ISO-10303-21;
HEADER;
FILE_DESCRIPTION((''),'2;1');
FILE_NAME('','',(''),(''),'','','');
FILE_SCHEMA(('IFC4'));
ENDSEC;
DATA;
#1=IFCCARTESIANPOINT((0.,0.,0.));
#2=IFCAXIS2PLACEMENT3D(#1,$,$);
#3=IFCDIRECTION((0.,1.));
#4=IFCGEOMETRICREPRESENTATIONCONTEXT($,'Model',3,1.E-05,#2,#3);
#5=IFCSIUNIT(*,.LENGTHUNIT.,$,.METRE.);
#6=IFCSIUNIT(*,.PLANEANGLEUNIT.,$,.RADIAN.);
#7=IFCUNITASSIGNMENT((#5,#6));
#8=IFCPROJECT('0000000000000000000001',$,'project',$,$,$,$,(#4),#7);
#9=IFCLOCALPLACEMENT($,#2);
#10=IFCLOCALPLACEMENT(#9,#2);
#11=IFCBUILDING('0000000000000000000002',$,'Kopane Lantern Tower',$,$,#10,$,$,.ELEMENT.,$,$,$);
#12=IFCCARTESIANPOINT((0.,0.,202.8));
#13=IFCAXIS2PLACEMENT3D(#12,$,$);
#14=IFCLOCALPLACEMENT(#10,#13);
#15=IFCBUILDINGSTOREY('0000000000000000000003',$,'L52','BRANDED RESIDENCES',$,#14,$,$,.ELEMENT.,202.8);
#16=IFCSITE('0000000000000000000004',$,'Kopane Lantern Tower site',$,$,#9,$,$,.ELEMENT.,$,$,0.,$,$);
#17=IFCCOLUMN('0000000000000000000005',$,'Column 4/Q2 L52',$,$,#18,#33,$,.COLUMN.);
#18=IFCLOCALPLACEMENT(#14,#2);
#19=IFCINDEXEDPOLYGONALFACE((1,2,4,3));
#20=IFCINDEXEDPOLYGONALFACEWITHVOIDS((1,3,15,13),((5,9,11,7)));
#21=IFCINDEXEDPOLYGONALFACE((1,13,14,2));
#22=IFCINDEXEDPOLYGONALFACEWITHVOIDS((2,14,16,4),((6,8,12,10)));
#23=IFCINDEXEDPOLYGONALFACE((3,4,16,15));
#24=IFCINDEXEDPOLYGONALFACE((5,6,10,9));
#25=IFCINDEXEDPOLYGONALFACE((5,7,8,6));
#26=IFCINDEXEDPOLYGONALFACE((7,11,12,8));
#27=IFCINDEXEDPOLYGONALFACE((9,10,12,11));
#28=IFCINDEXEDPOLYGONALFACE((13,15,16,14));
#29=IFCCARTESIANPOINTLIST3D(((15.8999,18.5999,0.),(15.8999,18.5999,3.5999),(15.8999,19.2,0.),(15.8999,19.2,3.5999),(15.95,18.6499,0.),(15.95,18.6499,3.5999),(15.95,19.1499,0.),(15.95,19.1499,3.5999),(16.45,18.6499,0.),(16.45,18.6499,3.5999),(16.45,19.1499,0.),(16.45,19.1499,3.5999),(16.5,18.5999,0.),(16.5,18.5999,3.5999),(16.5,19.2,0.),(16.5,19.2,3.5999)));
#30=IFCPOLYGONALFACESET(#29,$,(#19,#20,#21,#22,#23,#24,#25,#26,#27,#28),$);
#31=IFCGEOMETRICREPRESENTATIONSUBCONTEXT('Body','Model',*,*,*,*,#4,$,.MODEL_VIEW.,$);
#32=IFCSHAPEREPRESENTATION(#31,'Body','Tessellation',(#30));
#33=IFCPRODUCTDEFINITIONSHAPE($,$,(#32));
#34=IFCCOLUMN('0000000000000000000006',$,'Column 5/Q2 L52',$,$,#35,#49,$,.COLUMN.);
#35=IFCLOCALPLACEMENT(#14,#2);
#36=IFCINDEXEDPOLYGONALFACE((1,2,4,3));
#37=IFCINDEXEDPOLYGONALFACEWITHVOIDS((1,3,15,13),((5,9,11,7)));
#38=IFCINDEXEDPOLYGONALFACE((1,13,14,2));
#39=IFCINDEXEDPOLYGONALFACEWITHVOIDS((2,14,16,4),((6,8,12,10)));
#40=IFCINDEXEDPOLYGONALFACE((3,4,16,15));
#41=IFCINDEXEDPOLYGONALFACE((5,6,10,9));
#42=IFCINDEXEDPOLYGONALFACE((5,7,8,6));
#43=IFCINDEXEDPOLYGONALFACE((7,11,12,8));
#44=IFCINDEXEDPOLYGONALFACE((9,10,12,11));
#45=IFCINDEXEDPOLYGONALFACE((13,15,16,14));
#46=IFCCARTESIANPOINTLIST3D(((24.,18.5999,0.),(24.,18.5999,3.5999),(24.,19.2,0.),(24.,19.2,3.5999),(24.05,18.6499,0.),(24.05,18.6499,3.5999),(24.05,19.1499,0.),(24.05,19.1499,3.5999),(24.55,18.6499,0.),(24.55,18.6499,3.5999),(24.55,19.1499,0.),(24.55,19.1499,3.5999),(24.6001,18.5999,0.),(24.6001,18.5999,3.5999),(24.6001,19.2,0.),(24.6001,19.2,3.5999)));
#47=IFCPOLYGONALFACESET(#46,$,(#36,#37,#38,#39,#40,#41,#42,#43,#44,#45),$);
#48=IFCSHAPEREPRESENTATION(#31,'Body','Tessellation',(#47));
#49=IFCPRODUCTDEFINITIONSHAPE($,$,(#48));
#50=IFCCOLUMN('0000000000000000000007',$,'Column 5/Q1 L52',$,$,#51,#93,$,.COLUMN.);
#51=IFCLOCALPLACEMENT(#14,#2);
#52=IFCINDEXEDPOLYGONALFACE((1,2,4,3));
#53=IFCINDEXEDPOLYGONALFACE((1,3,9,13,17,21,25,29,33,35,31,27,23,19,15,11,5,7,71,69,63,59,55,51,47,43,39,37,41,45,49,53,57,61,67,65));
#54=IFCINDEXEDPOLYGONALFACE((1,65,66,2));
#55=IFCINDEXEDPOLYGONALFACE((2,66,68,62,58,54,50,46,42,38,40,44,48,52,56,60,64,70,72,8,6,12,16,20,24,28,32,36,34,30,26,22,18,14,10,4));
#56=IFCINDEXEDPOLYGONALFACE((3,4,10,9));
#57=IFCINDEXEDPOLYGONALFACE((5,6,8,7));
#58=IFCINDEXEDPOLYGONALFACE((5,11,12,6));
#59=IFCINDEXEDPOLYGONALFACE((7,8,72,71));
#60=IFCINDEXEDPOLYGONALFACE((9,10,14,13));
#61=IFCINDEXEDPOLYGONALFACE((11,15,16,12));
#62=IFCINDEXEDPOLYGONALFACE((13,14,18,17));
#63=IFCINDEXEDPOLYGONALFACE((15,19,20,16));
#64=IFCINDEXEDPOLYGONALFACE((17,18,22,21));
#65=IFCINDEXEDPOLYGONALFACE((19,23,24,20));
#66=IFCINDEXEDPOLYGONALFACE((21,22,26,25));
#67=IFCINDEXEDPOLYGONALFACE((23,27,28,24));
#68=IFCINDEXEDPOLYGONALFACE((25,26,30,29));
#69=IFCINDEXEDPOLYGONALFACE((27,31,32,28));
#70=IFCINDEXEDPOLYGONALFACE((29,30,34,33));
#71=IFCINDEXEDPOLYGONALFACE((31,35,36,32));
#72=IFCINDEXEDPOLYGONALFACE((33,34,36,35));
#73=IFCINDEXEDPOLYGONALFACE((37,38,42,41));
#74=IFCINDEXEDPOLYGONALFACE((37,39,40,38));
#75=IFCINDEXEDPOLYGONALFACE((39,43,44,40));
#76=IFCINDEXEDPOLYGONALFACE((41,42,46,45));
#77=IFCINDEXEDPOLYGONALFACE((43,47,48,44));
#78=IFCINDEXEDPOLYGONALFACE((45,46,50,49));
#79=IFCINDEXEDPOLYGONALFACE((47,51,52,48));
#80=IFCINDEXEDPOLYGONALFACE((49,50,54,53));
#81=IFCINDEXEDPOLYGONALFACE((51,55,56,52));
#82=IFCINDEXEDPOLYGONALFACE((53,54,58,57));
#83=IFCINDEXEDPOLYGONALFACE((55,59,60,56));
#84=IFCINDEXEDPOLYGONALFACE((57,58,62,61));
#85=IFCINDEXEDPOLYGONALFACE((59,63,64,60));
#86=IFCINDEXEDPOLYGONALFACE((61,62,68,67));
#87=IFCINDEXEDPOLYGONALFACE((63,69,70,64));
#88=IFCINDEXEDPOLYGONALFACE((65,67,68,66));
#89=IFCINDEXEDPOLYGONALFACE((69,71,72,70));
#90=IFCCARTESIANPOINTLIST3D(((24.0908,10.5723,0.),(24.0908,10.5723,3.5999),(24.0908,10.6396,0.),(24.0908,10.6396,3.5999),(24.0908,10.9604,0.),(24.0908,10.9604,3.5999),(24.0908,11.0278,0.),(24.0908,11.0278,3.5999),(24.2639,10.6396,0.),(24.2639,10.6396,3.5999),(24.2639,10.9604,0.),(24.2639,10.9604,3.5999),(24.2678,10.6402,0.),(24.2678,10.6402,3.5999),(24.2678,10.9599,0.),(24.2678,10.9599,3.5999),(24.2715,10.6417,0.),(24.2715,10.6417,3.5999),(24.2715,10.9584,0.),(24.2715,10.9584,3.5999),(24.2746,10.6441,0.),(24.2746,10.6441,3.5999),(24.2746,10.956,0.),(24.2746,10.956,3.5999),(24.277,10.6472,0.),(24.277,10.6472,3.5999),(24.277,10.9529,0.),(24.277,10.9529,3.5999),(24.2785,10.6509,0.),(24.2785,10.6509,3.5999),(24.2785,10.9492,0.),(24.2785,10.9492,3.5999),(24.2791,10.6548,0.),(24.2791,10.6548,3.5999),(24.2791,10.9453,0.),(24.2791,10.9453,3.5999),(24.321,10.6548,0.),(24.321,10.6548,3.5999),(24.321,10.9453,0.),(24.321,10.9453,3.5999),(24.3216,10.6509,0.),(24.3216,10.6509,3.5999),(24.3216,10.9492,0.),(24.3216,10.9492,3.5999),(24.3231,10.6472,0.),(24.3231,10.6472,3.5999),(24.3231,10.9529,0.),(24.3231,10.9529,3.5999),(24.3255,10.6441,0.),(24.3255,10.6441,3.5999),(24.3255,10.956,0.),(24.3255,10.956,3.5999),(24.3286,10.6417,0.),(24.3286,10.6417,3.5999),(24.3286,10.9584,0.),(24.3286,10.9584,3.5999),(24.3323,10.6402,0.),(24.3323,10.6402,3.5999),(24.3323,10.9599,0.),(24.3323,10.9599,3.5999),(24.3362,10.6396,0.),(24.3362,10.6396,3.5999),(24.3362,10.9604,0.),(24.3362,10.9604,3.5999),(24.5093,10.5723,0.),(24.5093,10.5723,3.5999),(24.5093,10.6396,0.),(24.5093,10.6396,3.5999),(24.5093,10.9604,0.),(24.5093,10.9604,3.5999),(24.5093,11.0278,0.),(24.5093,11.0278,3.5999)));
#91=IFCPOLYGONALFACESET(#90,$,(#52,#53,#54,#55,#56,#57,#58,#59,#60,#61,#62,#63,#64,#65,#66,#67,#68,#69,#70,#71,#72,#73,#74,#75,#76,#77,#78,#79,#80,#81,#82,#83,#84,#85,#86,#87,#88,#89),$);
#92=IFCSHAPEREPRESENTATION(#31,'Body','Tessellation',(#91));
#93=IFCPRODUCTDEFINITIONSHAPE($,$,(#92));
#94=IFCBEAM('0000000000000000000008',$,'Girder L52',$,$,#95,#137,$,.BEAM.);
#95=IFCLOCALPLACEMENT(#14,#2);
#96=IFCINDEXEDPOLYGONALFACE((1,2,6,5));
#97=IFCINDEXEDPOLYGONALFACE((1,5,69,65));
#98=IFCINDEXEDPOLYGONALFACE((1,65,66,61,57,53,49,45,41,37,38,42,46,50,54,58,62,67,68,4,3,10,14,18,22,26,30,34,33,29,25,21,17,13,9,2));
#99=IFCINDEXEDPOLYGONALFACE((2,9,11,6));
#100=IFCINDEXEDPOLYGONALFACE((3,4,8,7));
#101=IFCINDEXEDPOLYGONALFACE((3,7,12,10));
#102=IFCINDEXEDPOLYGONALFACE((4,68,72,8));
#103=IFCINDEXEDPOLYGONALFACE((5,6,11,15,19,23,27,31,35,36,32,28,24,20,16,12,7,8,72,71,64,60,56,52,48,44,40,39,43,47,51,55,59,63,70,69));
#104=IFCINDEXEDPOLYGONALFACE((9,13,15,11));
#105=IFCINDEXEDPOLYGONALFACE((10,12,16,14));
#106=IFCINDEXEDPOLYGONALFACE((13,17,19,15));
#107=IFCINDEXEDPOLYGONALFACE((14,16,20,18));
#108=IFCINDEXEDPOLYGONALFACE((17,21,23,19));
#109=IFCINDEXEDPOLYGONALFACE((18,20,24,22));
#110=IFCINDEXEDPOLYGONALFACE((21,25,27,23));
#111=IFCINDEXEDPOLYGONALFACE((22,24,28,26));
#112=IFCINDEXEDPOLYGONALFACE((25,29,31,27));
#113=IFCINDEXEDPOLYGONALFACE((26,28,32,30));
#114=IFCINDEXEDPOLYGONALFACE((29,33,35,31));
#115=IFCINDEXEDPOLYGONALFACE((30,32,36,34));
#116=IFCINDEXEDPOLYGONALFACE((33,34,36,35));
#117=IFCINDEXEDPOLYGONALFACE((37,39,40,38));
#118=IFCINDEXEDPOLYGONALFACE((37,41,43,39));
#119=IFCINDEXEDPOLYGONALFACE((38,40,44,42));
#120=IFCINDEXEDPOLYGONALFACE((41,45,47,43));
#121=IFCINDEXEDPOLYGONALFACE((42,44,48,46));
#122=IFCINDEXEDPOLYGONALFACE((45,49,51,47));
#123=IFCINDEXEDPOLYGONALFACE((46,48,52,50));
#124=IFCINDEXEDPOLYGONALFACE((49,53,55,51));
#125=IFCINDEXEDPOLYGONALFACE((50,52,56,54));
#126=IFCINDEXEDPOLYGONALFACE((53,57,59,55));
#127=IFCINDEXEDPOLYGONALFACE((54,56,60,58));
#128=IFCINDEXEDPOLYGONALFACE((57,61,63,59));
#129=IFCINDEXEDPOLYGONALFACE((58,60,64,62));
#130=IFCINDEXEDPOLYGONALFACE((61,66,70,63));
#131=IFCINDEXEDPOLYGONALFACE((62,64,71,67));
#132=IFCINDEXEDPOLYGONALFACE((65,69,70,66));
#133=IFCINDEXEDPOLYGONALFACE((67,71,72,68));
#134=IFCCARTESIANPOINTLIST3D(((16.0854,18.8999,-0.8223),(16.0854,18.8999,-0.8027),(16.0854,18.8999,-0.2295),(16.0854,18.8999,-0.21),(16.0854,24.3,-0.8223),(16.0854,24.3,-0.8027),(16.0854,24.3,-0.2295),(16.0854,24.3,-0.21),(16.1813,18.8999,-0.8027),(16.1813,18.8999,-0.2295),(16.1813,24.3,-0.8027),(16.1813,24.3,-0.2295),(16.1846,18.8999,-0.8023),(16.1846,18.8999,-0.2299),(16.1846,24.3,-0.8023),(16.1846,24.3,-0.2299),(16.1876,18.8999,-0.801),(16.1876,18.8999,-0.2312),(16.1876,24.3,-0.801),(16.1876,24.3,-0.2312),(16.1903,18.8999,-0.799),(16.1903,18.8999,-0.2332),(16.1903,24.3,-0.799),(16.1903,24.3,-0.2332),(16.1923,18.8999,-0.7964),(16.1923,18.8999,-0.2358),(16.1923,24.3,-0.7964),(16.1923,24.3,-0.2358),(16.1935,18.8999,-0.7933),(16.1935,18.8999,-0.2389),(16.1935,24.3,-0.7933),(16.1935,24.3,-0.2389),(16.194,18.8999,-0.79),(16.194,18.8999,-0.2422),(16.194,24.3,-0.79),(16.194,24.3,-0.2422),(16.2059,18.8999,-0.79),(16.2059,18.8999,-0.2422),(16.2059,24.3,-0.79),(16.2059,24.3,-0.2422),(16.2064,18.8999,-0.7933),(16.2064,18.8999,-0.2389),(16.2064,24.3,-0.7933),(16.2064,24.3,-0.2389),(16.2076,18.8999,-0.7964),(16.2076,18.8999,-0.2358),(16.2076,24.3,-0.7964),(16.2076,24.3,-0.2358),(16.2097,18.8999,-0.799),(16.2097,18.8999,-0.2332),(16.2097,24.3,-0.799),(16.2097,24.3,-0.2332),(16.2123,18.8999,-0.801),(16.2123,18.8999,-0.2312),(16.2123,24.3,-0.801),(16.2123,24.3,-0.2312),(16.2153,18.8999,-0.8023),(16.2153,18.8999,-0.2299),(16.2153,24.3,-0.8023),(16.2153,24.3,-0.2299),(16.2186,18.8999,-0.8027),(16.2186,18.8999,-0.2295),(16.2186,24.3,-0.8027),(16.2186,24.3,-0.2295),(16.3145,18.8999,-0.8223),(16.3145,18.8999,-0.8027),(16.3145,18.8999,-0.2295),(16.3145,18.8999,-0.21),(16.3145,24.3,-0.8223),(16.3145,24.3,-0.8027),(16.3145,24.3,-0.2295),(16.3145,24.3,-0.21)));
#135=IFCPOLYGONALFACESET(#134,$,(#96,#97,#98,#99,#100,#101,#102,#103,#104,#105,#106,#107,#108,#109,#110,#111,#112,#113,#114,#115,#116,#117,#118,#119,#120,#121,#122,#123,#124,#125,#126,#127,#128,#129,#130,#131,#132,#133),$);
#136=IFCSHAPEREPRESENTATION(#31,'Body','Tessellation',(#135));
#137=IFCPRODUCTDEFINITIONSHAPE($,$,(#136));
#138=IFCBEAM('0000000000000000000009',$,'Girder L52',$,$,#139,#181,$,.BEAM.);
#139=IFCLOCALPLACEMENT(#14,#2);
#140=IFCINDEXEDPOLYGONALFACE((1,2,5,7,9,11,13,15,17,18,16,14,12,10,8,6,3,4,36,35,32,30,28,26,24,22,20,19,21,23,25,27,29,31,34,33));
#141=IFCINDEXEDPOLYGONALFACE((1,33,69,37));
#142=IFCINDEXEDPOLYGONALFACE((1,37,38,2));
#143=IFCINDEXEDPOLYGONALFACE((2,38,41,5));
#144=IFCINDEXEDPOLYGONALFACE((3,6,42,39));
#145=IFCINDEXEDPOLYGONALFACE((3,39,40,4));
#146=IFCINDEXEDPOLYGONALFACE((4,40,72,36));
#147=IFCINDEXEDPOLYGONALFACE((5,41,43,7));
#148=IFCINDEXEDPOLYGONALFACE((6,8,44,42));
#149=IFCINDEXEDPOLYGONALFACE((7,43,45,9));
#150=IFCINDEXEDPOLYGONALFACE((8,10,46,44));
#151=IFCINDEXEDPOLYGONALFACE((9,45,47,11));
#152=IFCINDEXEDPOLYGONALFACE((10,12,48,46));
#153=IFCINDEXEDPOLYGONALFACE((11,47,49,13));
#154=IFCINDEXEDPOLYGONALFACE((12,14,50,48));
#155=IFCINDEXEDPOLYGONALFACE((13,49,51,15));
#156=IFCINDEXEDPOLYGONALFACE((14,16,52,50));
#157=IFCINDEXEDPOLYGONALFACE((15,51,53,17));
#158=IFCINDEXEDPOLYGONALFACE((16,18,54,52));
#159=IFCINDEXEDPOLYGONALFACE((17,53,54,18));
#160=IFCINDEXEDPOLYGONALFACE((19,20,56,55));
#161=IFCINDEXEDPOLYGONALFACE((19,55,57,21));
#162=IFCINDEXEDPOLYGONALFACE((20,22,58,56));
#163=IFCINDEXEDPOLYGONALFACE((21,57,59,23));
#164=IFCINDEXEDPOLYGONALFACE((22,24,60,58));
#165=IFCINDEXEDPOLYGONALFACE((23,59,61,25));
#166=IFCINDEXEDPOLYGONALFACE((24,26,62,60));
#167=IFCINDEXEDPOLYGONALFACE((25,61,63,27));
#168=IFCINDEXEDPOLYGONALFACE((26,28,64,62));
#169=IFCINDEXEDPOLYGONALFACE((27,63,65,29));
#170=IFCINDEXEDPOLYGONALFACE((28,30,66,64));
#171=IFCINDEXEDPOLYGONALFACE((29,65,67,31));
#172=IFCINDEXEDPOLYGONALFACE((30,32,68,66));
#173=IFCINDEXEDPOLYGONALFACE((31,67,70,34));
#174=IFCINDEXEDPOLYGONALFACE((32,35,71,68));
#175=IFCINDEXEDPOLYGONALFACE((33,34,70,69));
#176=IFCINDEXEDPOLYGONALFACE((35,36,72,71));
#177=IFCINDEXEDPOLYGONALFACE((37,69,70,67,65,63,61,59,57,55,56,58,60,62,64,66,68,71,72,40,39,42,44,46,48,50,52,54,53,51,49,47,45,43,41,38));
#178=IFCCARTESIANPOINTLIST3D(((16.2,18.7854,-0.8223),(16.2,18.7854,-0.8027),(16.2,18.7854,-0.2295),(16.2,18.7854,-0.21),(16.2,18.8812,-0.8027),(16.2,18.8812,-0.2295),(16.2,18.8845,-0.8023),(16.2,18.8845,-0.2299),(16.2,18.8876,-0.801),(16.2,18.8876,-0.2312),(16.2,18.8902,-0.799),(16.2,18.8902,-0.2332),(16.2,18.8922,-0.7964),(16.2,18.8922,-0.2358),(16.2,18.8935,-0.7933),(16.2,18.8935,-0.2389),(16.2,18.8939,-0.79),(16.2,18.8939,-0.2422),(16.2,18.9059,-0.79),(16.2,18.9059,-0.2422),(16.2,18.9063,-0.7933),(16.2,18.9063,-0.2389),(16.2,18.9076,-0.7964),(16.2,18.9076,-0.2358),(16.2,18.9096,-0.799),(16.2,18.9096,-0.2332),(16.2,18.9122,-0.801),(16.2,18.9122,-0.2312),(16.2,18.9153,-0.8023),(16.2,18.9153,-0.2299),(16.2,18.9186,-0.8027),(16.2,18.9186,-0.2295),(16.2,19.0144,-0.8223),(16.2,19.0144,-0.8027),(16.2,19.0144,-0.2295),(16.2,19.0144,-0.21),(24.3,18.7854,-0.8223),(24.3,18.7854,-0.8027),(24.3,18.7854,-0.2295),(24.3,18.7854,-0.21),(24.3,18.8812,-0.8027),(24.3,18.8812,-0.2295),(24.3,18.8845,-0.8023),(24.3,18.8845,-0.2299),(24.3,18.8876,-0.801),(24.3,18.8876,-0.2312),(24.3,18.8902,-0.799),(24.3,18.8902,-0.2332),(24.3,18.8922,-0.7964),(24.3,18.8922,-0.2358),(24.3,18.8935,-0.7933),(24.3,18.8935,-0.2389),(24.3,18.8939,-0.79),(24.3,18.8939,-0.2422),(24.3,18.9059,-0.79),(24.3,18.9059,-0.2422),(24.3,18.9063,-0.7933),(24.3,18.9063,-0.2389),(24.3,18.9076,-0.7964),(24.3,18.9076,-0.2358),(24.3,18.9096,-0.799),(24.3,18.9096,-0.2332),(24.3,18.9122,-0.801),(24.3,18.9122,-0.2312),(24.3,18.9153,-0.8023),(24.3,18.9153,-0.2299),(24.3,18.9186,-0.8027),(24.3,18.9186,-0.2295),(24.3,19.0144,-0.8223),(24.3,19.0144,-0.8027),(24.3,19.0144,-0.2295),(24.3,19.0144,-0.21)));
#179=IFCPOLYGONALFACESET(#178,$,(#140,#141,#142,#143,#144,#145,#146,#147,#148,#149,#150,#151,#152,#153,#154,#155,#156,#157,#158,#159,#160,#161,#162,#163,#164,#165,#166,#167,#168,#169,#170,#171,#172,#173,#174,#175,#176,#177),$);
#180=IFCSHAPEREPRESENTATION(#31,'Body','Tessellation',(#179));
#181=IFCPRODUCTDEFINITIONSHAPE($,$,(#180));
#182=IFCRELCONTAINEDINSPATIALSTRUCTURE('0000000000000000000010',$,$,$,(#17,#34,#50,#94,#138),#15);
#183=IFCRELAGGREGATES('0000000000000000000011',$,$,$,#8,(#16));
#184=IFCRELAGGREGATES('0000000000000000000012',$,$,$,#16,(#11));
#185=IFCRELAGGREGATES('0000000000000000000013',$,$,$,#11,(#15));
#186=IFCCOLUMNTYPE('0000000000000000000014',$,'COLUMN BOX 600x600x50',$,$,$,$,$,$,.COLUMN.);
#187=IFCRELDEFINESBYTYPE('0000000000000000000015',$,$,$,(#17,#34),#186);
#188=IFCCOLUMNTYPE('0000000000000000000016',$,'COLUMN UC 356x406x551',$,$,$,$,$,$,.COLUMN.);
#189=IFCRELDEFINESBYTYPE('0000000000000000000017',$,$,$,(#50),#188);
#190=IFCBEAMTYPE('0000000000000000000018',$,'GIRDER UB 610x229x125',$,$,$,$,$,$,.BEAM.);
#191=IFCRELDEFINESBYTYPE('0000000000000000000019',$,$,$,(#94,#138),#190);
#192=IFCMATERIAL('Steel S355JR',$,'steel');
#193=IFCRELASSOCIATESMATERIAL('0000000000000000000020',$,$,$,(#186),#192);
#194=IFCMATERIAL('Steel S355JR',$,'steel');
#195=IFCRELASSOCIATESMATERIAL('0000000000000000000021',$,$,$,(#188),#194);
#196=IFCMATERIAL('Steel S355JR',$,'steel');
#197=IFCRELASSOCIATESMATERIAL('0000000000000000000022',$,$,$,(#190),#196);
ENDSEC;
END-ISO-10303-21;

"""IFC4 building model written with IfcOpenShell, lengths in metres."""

from ifc_helpers import new_model, si_unit, direction, frame, origin, origin_2d, place, context, subcontext, project, spatial, hollow_rectangle, i_section, extrude, material, material_profile, profile_set, type_object, element, save


model = new_model("IFC4")

# Units and contexts
model_context = context("Model", 3, precision=1e-05, world=origin(), true_north=direction((0.0, 1.0)))
body_context = subcontext(model_context, "Body", "Model", "MODEL_VIEW")
ifc_project = project(units=[si_unit("LENGTHUNIT", "METRE"), si_unit("PLANEANGLEUNIT", "RADIAN")], contexts=[model_context])

# Site, building, storey
site_placement = place(None, origin())
site = spatial("IfcSite", under=ifc_project, at=site_placement, Name="Kopane Lantern Tower site", CompositionType="ELEMENT", RefElevation=0.0)
building_placement = place(site_placement, origin())
building = spatial("IfcBuilding", under=site, at=building_placement, Name="Kopane Lantern Tower", CompositionType="ELEMENT")
storey_placement = place(building_placement, frame((0.0, 0.0, 202.8)))
storey = spatial("IfcBuildingStorey", under=building, at=storey_placement, Name="L52", Description="BRANDED RESIDENCES", CompositionType="ELEMENT", Elevation=202.8)

# Columns
ifc_material_1 = material(Name="Steel S355JR", Category="steel")
ifc_material_profile_1 = material_profile(ifc_material_1, hollow_rectangle(XDim=0.6001, YDim=0.6001, WallThickness=0.05, at=origin_2d()), Name="BOX 600x600x50")
ifc_profile_set_1 = profile_set([ifc_material_profile_1], Name="Steel S355JR")
column_type_1 = type_object("IfcColumnType", Name="COLUMN BOX 600x600x50", PredefinedType="COLUMN", material=ifc_profile_set_1)
for number, where, z_axis, x_axis, name in (
    (1, (16.2, 18.8999, 0.0), (0.0, 0.0, 1.0), (1.0, 0.0, 0.0), "Column 4/Q2 L52"),
    (2, (24.3, 18.8999, 0.0), (0.0, 0.0, 1.0), (1.0, 0.0, 0.0), "Column 5/Q2 L52"),
):
    element("IfcColumn", number, at=place(storey_placement, frame(where, z_axis=z_axis, x_axis=x_axis)), inside=storey, type_object=column_type_1, Name=name, PredefinedType="COLUMN", context=body_context, shape_type="SweptSolid", body=[
        extrude(hollow_rectangle(XDim=0.6001, YDim=0.6001, WallThickness=0.05, at=origin_2d()), origin(), (0.0, 0.0, 1.0), 3.5999),
    ])
ifc_material_2 = material(Name="Steel S355JR", Category="steel")
ifc_material_profile_2 = material_profile(ifc_material_2, i_section(OverallWidth=0.4185, OverallDepth=0.4556, WebThickness=0.042, FlangeThickness=0.0674, FilletRadius=0.0151, at=origin_2d()), Name="UC 356x406x551")
ifc_profile_set_2 = profile_set([ifc_material_profile_2], Name="Steel S355JR")
column_type_2 = type_object("IfcColumnType", Name="COLUMN UC 356x406x551", PredefinedType="COLUMN", material=ifc_profile_set_2)
column_placement = place(storey_placement, frame((24.3, 10.8, 0.0), z_axis=(0.0, 0.0, 1.0), x_axis=(1.0, 0.0, 0.0)))
element("IfcColumn", 3, at=column_placement, inside=storey, type_object=column_type_2, Name="Column 5/Q1 L52", PredefinedType="COLUMN", context=body_context, shape_type="SweptSolid", body=[
    extrude(i_section(OverallWidth=0.4185, OverallDepth=0.4556, WebThickness=0.042, FlangeThickness=0.0674, FilletRadius=0.0151, at=origin_2d()), origin(), (0.0, 0.0, 1.0), 3.5999),
])

# Beams
ifc_material_3 = material(Name="Steel S355JR", Category="steel")
ifc_material_profile_3 = material_profile(ifc_material_3, i_section(OverallWidth=0.229, OverallDepth=0.6123, WebThickness=0.012, FlangeThickness=0.0195, FilletRadius=0.0127, at=origin_2d()), Name="UB 610x229x125")
ifc_profile_set_3 = profile_set([ifc_material_profile_3], Name="Steel S355JR")
beam_type = type_object("IfcBeamType", Name="GIRDER UB 610x229x125", PredefinedType="BEAM", material=ifc_profile_set_3)
beam_1_placement = place(storey_placement, frame((16.2, 18.8999, -0.5161), z_axis=(0.0, 1.0, 0.0), x_axis=(-1.0, 0.0, 0.0)))
element("IfcBeam", 4, at=beam_1_placement, inside=storey, type_object=beam_type, Name="Girder L52", PredefinedType="BEAM", context=body_context, shape_type="SweptSolid", body=[
    extrude(i_section(OverallWidth=0.229, OverallDepth=0.6123, WebThickness=0.012, FlangeThickness=0.0195, FilletRadius=0.0127, at=origin_2d()), origin(), (0.0, 0.0, 1.0), 5.4001),
])
beam_2_placement = place(storey_placement, frame((16.2, 18.8999, -0.5161), z_axis=(1.0, 0.0, 0.0), x_axis=(0.0, 1.0, 0.0)))
element("IfcBeam", 5, at=beam_2_placement, inside=storey, type_object=beam_type, Name="Girder L52", PredefinedType="BEAM", context=body_context, shape_type="SweptSolid", body=[
    extrude(i_section(OverallWidth=0.229, OverallDepth=0.6123, WebThickness=0.012, FlangeThickness=0.0195, FilletRadius=0.0127, at=origin_2d()), origin(), (0.0, 0.0, 1.0), 8.1001),
])

save(model, "model.ifc")
